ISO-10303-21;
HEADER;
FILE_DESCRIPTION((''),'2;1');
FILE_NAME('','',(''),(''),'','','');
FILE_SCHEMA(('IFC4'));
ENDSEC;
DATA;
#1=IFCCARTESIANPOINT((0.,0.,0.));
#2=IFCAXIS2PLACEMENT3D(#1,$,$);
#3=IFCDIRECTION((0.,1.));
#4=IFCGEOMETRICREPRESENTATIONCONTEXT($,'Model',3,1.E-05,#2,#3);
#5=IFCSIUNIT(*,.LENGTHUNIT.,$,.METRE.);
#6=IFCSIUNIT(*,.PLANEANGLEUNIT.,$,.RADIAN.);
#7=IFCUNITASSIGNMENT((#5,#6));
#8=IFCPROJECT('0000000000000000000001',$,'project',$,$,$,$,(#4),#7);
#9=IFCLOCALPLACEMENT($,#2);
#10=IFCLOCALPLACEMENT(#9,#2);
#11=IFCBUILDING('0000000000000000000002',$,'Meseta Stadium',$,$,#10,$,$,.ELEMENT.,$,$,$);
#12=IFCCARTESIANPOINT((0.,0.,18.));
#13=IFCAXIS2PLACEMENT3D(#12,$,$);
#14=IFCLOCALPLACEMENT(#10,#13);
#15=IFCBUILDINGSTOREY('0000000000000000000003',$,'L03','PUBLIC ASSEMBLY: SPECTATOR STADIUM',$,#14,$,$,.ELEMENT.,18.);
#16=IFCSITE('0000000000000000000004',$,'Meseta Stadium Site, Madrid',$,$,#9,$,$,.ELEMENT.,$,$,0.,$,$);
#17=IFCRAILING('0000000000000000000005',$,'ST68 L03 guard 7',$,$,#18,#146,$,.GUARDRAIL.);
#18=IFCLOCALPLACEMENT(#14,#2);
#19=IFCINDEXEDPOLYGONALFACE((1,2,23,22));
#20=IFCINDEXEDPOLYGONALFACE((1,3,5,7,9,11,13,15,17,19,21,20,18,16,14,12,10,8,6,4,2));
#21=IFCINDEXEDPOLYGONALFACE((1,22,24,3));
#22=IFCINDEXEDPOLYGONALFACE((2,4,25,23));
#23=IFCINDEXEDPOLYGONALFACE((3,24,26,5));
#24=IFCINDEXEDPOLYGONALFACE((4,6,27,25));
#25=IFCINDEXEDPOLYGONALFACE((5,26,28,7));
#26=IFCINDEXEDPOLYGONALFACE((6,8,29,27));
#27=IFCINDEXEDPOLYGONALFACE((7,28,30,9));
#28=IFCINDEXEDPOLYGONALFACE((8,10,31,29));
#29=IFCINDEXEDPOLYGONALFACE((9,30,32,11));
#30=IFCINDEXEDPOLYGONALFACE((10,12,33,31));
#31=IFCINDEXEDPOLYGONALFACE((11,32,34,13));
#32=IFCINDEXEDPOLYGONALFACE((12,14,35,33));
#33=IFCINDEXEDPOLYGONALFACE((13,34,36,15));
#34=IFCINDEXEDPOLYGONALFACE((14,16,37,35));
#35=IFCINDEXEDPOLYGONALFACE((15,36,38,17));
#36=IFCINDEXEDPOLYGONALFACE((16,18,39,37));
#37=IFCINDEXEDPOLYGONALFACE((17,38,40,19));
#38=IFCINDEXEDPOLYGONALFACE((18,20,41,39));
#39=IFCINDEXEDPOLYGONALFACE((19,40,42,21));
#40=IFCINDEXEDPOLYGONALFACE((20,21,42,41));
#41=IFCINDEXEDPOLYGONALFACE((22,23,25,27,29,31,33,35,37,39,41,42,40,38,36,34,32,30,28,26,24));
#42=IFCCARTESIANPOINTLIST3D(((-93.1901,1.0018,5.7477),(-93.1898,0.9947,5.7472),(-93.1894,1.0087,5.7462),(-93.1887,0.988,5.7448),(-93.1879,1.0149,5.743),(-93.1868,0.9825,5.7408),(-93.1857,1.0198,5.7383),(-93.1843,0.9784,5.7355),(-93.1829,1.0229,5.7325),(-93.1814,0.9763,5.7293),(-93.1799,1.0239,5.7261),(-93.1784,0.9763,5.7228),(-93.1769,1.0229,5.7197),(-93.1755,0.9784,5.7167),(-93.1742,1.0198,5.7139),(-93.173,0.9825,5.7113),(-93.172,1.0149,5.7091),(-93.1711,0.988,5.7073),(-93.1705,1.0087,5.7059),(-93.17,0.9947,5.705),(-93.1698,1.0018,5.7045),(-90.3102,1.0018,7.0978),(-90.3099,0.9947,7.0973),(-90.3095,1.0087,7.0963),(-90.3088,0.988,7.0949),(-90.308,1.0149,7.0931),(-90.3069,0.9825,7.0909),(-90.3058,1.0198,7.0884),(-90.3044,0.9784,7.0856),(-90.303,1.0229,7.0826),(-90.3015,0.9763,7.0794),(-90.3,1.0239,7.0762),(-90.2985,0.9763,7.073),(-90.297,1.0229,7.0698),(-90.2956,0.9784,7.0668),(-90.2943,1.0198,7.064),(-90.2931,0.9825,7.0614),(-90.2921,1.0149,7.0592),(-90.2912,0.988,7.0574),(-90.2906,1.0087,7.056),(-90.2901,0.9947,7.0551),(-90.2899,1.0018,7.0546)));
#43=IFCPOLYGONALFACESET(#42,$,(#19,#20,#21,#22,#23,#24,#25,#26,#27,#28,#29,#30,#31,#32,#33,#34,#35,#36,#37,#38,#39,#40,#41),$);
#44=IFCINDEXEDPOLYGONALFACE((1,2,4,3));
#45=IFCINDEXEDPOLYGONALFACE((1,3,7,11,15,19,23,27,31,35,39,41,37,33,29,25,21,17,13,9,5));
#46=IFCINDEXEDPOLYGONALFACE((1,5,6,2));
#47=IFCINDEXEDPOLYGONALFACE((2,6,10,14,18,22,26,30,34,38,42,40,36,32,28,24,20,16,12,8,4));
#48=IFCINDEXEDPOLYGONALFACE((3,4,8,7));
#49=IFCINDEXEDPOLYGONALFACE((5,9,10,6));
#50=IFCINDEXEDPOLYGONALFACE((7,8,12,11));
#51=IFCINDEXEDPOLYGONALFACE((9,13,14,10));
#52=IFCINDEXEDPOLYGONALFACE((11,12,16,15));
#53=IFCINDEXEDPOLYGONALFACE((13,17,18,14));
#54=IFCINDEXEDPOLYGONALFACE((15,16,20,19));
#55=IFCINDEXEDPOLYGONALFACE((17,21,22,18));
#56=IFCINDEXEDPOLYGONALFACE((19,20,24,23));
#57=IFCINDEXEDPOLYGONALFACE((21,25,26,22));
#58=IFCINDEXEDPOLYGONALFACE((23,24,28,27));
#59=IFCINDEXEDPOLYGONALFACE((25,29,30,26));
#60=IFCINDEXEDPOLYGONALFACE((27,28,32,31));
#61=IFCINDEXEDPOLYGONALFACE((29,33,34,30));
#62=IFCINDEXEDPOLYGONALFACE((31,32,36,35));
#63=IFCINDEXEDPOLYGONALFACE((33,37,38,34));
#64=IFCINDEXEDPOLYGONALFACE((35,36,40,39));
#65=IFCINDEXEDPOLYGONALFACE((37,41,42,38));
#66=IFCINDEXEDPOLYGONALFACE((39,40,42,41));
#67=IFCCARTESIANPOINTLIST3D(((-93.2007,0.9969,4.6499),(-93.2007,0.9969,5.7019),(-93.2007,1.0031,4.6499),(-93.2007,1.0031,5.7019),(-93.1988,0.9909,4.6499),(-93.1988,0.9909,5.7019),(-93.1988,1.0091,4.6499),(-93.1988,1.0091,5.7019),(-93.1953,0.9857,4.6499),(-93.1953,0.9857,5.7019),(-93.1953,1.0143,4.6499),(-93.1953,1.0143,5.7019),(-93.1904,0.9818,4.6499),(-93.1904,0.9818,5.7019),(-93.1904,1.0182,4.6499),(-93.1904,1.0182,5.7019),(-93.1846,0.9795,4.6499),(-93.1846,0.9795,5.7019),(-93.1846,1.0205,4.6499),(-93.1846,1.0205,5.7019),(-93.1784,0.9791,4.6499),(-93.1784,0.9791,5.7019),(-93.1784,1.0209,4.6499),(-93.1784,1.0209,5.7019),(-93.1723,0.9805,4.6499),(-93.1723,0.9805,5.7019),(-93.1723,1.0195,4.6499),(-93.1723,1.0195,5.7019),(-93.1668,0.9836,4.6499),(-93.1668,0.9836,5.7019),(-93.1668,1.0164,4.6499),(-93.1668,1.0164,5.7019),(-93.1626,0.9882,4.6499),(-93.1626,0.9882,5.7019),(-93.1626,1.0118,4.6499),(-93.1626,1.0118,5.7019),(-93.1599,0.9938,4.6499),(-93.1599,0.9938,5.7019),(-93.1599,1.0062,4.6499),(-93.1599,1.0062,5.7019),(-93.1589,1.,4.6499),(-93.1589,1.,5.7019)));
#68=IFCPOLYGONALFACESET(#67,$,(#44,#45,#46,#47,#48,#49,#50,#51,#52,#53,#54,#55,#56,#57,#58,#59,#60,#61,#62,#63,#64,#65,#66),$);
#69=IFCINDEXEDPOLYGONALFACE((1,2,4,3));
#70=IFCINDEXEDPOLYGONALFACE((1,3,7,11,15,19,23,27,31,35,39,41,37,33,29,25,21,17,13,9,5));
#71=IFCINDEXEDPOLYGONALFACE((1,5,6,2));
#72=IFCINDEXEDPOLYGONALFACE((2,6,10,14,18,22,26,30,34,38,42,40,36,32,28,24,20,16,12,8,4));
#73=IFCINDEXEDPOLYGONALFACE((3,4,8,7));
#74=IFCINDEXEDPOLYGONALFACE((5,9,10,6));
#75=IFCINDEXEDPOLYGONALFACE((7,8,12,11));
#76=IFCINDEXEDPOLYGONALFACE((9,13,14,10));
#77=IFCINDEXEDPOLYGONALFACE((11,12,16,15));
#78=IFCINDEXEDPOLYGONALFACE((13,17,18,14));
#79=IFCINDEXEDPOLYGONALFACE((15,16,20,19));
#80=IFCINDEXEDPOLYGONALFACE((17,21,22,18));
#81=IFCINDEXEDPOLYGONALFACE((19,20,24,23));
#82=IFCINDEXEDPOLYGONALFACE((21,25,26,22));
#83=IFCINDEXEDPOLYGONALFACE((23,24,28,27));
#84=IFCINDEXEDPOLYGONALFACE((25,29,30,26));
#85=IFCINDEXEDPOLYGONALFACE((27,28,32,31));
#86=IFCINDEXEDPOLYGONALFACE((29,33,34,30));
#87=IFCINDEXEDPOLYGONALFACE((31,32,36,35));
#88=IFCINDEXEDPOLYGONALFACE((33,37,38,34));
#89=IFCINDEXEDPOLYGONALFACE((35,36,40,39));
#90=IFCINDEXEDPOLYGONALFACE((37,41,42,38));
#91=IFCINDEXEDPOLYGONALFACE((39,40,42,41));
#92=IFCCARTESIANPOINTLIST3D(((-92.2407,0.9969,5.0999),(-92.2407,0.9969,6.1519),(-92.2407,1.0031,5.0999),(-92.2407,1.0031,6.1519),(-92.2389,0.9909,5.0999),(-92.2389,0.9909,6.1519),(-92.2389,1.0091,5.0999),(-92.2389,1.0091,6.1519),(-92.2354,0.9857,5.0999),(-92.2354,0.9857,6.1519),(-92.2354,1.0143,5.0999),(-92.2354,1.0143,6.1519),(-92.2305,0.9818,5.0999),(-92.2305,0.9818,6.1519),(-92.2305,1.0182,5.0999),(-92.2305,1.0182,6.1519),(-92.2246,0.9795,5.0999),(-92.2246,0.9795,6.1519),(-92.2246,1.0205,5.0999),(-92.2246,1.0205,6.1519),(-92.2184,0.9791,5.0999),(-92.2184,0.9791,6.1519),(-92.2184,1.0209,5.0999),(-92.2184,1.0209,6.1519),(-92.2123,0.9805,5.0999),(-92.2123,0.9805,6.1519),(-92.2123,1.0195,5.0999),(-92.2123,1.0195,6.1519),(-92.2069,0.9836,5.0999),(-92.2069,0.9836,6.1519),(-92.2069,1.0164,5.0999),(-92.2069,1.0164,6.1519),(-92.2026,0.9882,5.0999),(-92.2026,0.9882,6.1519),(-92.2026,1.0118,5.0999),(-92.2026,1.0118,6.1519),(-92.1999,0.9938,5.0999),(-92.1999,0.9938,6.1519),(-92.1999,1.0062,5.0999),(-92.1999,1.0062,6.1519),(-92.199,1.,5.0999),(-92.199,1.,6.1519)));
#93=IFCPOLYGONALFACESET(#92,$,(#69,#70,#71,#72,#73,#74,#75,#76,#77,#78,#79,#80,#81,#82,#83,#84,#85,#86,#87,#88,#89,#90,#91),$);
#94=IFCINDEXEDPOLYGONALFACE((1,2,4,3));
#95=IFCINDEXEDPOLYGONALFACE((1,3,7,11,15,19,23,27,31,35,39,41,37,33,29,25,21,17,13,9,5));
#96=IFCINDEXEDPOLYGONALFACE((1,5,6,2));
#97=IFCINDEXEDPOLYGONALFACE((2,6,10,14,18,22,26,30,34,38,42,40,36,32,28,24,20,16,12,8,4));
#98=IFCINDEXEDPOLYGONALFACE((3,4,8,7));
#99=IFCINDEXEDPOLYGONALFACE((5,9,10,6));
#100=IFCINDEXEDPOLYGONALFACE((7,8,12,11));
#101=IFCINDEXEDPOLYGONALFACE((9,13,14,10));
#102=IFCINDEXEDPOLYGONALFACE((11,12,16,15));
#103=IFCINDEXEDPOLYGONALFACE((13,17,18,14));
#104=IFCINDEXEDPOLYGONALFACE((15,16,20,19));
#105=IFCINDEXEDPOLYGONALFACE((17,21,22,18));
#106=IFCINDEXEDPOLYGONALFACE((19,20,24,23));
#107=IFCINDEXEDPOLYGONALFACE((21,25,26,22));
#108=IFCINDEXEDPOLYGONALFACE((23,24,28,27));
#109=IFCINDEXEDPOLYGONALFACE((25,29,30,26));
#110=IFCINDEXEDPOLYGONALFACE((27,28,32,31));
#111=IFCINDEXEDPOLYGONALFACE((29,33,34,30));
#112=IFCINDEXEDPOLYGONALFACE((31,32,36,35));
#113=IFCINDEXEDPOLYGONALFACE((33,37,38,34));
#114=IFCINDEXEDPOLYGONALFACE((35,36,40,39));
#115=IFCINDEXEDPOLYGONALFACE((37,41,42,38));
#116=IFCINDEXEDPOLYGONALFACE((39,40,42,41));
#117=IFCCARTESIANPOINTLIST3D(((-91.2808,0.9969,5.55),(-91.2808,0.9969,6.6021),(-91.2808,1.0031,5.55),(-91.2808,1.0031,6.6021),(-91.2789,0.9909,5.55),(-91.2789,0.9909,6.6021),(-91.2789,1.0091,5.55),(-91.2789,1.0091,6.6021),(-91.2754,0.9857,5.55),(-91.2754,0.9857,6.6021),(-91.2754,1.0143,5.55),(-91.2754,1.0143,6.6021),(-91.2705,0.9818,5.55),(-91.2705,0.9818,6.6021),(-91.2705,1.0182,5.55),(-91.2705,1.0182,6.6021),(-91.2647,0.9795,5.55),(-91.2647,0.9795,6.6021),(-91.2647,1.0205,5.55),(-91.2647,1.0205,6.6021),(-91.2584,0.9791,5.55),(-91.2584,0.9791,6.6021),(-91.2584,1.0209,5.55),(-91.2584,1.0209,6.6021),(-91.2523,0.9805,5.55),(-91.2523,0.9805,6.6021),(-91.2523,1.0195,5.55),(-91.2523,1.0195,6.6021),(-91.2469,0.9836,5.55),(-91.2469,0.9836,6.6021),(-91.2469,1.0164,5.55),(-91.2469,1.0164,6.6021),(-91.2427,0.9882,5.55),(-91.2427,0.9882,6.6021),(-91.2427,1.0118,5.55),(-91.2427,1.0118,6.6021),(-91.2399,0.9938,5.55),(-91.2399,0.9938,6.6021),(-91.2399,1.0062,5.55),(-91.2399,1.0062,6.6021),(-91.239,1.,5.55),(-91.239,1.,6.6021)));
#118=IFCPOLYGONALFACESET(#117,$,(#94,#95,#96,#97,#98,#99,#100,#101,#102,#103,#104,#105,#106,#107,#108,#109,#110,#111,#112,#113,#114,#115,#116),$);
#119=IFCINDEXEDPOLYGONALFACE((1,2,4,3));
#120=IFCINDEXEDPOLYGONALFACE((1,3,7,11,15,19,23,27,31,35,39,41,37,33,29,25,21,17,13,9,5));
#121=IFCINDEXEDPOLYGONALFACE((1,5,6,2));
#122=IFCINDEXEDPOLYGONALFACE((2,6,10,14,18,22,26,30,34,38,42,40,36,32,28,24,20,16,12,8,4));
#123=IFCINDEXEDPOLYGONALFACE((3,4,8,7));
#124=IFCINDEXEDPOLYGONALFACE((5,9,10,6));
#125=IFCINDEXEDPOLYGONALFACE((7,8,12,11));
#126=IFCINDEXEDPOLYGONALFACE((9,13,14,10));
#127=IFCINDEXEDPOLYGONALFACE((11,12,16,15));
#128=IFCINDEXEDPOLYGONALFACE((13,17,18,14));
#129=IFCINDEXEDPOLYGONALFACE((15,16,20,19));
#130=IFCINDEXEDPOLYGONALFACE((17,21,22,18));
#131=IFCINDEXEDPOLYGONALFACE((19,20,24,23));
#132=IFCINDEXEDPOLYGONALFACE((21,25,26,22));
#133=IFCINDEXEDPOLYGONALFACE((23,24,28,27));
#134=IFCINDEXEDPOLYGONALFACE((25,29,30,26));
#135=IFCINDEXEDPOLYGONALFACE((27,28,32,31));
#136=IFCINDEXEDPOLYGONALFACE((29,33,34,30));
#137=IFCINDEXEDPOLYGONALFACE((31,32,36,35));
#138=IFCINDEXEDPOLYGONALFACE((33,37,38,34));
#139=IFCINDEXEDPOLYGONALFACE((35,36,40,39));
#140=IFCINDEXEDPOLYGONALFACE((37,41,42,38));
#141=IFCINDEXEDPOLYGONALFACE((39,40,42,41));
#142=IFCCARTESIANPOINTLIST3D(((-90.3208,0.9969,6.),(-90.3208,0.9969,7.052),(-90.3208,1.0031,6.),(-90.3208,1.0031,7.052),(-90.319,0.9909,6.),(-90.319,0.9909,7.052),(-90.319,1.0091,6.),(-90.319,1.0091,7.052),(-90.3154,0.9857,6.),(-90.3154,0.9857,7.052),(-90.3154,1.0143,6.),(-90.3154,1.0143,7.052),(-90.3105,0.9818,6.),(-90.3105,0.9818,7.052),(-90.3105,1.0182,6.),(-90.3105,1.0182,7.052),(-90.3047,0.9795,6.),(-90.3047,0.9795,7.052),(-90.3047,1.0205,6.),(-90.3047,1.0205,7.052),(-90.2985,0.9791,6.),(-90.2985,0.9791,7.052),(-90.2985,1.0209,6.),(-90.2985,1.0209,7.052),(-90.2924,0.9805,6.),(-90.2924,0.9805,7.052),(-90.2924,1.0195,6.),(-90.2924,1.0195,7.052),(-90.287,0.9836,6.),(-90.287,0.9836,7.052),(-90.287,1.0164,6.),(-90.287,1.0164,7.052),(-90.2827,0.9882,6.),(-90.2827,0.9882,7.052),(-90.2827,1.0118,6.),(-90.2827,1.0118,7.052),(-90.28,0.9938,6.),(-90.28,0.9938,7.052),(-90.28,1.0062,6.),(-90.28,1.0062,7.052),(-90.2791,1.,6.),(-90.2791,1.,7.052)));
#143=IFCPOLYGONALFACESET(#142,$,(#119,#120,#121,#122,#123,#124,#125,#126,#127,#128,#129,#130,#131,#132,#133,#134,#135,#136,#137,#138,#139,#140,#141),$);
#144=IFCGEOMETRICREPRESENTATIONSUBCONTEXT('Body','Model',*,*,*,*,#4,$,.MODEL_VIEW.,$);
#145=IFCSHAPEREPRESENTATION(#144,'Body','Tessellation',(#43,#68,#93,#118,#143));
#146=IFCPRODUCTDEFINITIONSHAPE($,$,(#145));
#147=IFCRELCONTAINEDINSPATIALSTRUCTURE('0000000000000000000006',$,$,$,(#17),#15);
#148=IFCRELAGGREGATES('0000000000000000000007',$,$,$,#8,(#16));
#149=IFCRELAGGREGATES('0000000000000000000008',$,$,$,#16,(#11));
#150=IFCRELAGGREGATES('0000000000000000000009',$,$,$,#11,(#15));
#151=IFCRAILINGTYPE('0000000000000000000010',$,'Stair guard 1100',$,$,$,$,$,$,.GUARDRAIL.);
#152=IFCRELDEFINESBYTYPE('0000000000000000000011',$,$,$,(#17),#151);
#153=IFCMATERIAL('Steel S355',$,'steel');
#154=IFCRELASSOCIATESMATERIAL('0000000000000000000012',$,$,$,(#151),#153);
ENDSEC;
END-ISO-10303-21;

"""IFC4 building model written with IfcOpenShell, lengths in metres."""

from ifc_helpers import new_model, si_unit, direction, frame, origin, origin_2d, place, context, subcontext, project, spatial, circle, extrude, material, type_object, element, save


model = new_model("IFC4")

# Units and contexts
model_context = context("Model", 3, precision=1e-05, world=origin(), true_north=direction((0.0, 1.0)))
body_context = subcontext(model_context, "Body", "Model", "MODEL_VIEW")
ifc_project = project(units=[si_unit("LENGTHUNIT", "METRE"), si_unit("PLANEANGLEUNIT", "RADIAN")], contexts=[model_context])

# Site, building, storey
site_placement = place(None, origin())
site = spatial("IfcSite", under=ifc_project, at=site_placement, Name="Meseta Stadium Site, Madrid", CompositionType="ELEMENT", RefElevation=0.0)
building_placement = place(site_placement, origin())
building = spatial("IfcBuilding", under=site, at=building_placement, Name="Meseta Stadium", CompositionType="ELEMENT")
storey_placement = place(building_placement, frame((0.0, 0.0, 18.0)))
storey = spatial("IfcBuildingStorey", under=building, at=storey_placement, Name="L03", Description="PUBLIC ASSEMBLY: SPECTATOR STADIUM", CompositionType="ELEMENT", Elevation=18.0)

# Railing
ifc_material_1 = material(Name="Steel S355", Category="steel")
railing_type_1 = type_object("IfcRailingType", Name="Stair guard 1100", PredefinedType="GUARDRAIL", material=ifc_material_1)
for number, where, name in (
    (1, (-93.1799, 1.0, 4.6499), "ST68 L03 guard 7"),
):
    element("IfcRailing", number, at=place(storey_placement, frame(where)), inside=storey, type_object=railing_type_1, Name=name, PredefinedType="GUARDRAIL", context=body_context, shape_type="SweptSolid", body=[
        extrude(circle(Radius=0.0239, at=origin_2d()), frame((0.0, 0.0, 1.0762), z_axis=(0.90544, 0.0, 0.424473), x_axis=(0.0, 1.0, 0.0)), (0.0, 0.0, 1.0), 3.1807),
        extrude(circle(Radius=0.021, at=origin_2d()), origin(), (0.0, 0.0, 1.0), 1.052),
        extrude(circle(Radius=0.021, at=origin_2d()), frame((0.96, 0.0, 0.45)), (0.0, 0.0, 1.0), 1.052),
        extrude(circle(Radius=0.021, at=origin_2d()), frame((1.9199, 0.0, 0.9001)), (0.0, 0.0, 1.0), 1.052),
        extrude(circle(Radius=0.021, at=origin_2d()), frame((2.8799, 0.0, 1.3501)), (0.0, 0.0, 1.0), 1.052),
    ])

save(model, "model.ifc")
